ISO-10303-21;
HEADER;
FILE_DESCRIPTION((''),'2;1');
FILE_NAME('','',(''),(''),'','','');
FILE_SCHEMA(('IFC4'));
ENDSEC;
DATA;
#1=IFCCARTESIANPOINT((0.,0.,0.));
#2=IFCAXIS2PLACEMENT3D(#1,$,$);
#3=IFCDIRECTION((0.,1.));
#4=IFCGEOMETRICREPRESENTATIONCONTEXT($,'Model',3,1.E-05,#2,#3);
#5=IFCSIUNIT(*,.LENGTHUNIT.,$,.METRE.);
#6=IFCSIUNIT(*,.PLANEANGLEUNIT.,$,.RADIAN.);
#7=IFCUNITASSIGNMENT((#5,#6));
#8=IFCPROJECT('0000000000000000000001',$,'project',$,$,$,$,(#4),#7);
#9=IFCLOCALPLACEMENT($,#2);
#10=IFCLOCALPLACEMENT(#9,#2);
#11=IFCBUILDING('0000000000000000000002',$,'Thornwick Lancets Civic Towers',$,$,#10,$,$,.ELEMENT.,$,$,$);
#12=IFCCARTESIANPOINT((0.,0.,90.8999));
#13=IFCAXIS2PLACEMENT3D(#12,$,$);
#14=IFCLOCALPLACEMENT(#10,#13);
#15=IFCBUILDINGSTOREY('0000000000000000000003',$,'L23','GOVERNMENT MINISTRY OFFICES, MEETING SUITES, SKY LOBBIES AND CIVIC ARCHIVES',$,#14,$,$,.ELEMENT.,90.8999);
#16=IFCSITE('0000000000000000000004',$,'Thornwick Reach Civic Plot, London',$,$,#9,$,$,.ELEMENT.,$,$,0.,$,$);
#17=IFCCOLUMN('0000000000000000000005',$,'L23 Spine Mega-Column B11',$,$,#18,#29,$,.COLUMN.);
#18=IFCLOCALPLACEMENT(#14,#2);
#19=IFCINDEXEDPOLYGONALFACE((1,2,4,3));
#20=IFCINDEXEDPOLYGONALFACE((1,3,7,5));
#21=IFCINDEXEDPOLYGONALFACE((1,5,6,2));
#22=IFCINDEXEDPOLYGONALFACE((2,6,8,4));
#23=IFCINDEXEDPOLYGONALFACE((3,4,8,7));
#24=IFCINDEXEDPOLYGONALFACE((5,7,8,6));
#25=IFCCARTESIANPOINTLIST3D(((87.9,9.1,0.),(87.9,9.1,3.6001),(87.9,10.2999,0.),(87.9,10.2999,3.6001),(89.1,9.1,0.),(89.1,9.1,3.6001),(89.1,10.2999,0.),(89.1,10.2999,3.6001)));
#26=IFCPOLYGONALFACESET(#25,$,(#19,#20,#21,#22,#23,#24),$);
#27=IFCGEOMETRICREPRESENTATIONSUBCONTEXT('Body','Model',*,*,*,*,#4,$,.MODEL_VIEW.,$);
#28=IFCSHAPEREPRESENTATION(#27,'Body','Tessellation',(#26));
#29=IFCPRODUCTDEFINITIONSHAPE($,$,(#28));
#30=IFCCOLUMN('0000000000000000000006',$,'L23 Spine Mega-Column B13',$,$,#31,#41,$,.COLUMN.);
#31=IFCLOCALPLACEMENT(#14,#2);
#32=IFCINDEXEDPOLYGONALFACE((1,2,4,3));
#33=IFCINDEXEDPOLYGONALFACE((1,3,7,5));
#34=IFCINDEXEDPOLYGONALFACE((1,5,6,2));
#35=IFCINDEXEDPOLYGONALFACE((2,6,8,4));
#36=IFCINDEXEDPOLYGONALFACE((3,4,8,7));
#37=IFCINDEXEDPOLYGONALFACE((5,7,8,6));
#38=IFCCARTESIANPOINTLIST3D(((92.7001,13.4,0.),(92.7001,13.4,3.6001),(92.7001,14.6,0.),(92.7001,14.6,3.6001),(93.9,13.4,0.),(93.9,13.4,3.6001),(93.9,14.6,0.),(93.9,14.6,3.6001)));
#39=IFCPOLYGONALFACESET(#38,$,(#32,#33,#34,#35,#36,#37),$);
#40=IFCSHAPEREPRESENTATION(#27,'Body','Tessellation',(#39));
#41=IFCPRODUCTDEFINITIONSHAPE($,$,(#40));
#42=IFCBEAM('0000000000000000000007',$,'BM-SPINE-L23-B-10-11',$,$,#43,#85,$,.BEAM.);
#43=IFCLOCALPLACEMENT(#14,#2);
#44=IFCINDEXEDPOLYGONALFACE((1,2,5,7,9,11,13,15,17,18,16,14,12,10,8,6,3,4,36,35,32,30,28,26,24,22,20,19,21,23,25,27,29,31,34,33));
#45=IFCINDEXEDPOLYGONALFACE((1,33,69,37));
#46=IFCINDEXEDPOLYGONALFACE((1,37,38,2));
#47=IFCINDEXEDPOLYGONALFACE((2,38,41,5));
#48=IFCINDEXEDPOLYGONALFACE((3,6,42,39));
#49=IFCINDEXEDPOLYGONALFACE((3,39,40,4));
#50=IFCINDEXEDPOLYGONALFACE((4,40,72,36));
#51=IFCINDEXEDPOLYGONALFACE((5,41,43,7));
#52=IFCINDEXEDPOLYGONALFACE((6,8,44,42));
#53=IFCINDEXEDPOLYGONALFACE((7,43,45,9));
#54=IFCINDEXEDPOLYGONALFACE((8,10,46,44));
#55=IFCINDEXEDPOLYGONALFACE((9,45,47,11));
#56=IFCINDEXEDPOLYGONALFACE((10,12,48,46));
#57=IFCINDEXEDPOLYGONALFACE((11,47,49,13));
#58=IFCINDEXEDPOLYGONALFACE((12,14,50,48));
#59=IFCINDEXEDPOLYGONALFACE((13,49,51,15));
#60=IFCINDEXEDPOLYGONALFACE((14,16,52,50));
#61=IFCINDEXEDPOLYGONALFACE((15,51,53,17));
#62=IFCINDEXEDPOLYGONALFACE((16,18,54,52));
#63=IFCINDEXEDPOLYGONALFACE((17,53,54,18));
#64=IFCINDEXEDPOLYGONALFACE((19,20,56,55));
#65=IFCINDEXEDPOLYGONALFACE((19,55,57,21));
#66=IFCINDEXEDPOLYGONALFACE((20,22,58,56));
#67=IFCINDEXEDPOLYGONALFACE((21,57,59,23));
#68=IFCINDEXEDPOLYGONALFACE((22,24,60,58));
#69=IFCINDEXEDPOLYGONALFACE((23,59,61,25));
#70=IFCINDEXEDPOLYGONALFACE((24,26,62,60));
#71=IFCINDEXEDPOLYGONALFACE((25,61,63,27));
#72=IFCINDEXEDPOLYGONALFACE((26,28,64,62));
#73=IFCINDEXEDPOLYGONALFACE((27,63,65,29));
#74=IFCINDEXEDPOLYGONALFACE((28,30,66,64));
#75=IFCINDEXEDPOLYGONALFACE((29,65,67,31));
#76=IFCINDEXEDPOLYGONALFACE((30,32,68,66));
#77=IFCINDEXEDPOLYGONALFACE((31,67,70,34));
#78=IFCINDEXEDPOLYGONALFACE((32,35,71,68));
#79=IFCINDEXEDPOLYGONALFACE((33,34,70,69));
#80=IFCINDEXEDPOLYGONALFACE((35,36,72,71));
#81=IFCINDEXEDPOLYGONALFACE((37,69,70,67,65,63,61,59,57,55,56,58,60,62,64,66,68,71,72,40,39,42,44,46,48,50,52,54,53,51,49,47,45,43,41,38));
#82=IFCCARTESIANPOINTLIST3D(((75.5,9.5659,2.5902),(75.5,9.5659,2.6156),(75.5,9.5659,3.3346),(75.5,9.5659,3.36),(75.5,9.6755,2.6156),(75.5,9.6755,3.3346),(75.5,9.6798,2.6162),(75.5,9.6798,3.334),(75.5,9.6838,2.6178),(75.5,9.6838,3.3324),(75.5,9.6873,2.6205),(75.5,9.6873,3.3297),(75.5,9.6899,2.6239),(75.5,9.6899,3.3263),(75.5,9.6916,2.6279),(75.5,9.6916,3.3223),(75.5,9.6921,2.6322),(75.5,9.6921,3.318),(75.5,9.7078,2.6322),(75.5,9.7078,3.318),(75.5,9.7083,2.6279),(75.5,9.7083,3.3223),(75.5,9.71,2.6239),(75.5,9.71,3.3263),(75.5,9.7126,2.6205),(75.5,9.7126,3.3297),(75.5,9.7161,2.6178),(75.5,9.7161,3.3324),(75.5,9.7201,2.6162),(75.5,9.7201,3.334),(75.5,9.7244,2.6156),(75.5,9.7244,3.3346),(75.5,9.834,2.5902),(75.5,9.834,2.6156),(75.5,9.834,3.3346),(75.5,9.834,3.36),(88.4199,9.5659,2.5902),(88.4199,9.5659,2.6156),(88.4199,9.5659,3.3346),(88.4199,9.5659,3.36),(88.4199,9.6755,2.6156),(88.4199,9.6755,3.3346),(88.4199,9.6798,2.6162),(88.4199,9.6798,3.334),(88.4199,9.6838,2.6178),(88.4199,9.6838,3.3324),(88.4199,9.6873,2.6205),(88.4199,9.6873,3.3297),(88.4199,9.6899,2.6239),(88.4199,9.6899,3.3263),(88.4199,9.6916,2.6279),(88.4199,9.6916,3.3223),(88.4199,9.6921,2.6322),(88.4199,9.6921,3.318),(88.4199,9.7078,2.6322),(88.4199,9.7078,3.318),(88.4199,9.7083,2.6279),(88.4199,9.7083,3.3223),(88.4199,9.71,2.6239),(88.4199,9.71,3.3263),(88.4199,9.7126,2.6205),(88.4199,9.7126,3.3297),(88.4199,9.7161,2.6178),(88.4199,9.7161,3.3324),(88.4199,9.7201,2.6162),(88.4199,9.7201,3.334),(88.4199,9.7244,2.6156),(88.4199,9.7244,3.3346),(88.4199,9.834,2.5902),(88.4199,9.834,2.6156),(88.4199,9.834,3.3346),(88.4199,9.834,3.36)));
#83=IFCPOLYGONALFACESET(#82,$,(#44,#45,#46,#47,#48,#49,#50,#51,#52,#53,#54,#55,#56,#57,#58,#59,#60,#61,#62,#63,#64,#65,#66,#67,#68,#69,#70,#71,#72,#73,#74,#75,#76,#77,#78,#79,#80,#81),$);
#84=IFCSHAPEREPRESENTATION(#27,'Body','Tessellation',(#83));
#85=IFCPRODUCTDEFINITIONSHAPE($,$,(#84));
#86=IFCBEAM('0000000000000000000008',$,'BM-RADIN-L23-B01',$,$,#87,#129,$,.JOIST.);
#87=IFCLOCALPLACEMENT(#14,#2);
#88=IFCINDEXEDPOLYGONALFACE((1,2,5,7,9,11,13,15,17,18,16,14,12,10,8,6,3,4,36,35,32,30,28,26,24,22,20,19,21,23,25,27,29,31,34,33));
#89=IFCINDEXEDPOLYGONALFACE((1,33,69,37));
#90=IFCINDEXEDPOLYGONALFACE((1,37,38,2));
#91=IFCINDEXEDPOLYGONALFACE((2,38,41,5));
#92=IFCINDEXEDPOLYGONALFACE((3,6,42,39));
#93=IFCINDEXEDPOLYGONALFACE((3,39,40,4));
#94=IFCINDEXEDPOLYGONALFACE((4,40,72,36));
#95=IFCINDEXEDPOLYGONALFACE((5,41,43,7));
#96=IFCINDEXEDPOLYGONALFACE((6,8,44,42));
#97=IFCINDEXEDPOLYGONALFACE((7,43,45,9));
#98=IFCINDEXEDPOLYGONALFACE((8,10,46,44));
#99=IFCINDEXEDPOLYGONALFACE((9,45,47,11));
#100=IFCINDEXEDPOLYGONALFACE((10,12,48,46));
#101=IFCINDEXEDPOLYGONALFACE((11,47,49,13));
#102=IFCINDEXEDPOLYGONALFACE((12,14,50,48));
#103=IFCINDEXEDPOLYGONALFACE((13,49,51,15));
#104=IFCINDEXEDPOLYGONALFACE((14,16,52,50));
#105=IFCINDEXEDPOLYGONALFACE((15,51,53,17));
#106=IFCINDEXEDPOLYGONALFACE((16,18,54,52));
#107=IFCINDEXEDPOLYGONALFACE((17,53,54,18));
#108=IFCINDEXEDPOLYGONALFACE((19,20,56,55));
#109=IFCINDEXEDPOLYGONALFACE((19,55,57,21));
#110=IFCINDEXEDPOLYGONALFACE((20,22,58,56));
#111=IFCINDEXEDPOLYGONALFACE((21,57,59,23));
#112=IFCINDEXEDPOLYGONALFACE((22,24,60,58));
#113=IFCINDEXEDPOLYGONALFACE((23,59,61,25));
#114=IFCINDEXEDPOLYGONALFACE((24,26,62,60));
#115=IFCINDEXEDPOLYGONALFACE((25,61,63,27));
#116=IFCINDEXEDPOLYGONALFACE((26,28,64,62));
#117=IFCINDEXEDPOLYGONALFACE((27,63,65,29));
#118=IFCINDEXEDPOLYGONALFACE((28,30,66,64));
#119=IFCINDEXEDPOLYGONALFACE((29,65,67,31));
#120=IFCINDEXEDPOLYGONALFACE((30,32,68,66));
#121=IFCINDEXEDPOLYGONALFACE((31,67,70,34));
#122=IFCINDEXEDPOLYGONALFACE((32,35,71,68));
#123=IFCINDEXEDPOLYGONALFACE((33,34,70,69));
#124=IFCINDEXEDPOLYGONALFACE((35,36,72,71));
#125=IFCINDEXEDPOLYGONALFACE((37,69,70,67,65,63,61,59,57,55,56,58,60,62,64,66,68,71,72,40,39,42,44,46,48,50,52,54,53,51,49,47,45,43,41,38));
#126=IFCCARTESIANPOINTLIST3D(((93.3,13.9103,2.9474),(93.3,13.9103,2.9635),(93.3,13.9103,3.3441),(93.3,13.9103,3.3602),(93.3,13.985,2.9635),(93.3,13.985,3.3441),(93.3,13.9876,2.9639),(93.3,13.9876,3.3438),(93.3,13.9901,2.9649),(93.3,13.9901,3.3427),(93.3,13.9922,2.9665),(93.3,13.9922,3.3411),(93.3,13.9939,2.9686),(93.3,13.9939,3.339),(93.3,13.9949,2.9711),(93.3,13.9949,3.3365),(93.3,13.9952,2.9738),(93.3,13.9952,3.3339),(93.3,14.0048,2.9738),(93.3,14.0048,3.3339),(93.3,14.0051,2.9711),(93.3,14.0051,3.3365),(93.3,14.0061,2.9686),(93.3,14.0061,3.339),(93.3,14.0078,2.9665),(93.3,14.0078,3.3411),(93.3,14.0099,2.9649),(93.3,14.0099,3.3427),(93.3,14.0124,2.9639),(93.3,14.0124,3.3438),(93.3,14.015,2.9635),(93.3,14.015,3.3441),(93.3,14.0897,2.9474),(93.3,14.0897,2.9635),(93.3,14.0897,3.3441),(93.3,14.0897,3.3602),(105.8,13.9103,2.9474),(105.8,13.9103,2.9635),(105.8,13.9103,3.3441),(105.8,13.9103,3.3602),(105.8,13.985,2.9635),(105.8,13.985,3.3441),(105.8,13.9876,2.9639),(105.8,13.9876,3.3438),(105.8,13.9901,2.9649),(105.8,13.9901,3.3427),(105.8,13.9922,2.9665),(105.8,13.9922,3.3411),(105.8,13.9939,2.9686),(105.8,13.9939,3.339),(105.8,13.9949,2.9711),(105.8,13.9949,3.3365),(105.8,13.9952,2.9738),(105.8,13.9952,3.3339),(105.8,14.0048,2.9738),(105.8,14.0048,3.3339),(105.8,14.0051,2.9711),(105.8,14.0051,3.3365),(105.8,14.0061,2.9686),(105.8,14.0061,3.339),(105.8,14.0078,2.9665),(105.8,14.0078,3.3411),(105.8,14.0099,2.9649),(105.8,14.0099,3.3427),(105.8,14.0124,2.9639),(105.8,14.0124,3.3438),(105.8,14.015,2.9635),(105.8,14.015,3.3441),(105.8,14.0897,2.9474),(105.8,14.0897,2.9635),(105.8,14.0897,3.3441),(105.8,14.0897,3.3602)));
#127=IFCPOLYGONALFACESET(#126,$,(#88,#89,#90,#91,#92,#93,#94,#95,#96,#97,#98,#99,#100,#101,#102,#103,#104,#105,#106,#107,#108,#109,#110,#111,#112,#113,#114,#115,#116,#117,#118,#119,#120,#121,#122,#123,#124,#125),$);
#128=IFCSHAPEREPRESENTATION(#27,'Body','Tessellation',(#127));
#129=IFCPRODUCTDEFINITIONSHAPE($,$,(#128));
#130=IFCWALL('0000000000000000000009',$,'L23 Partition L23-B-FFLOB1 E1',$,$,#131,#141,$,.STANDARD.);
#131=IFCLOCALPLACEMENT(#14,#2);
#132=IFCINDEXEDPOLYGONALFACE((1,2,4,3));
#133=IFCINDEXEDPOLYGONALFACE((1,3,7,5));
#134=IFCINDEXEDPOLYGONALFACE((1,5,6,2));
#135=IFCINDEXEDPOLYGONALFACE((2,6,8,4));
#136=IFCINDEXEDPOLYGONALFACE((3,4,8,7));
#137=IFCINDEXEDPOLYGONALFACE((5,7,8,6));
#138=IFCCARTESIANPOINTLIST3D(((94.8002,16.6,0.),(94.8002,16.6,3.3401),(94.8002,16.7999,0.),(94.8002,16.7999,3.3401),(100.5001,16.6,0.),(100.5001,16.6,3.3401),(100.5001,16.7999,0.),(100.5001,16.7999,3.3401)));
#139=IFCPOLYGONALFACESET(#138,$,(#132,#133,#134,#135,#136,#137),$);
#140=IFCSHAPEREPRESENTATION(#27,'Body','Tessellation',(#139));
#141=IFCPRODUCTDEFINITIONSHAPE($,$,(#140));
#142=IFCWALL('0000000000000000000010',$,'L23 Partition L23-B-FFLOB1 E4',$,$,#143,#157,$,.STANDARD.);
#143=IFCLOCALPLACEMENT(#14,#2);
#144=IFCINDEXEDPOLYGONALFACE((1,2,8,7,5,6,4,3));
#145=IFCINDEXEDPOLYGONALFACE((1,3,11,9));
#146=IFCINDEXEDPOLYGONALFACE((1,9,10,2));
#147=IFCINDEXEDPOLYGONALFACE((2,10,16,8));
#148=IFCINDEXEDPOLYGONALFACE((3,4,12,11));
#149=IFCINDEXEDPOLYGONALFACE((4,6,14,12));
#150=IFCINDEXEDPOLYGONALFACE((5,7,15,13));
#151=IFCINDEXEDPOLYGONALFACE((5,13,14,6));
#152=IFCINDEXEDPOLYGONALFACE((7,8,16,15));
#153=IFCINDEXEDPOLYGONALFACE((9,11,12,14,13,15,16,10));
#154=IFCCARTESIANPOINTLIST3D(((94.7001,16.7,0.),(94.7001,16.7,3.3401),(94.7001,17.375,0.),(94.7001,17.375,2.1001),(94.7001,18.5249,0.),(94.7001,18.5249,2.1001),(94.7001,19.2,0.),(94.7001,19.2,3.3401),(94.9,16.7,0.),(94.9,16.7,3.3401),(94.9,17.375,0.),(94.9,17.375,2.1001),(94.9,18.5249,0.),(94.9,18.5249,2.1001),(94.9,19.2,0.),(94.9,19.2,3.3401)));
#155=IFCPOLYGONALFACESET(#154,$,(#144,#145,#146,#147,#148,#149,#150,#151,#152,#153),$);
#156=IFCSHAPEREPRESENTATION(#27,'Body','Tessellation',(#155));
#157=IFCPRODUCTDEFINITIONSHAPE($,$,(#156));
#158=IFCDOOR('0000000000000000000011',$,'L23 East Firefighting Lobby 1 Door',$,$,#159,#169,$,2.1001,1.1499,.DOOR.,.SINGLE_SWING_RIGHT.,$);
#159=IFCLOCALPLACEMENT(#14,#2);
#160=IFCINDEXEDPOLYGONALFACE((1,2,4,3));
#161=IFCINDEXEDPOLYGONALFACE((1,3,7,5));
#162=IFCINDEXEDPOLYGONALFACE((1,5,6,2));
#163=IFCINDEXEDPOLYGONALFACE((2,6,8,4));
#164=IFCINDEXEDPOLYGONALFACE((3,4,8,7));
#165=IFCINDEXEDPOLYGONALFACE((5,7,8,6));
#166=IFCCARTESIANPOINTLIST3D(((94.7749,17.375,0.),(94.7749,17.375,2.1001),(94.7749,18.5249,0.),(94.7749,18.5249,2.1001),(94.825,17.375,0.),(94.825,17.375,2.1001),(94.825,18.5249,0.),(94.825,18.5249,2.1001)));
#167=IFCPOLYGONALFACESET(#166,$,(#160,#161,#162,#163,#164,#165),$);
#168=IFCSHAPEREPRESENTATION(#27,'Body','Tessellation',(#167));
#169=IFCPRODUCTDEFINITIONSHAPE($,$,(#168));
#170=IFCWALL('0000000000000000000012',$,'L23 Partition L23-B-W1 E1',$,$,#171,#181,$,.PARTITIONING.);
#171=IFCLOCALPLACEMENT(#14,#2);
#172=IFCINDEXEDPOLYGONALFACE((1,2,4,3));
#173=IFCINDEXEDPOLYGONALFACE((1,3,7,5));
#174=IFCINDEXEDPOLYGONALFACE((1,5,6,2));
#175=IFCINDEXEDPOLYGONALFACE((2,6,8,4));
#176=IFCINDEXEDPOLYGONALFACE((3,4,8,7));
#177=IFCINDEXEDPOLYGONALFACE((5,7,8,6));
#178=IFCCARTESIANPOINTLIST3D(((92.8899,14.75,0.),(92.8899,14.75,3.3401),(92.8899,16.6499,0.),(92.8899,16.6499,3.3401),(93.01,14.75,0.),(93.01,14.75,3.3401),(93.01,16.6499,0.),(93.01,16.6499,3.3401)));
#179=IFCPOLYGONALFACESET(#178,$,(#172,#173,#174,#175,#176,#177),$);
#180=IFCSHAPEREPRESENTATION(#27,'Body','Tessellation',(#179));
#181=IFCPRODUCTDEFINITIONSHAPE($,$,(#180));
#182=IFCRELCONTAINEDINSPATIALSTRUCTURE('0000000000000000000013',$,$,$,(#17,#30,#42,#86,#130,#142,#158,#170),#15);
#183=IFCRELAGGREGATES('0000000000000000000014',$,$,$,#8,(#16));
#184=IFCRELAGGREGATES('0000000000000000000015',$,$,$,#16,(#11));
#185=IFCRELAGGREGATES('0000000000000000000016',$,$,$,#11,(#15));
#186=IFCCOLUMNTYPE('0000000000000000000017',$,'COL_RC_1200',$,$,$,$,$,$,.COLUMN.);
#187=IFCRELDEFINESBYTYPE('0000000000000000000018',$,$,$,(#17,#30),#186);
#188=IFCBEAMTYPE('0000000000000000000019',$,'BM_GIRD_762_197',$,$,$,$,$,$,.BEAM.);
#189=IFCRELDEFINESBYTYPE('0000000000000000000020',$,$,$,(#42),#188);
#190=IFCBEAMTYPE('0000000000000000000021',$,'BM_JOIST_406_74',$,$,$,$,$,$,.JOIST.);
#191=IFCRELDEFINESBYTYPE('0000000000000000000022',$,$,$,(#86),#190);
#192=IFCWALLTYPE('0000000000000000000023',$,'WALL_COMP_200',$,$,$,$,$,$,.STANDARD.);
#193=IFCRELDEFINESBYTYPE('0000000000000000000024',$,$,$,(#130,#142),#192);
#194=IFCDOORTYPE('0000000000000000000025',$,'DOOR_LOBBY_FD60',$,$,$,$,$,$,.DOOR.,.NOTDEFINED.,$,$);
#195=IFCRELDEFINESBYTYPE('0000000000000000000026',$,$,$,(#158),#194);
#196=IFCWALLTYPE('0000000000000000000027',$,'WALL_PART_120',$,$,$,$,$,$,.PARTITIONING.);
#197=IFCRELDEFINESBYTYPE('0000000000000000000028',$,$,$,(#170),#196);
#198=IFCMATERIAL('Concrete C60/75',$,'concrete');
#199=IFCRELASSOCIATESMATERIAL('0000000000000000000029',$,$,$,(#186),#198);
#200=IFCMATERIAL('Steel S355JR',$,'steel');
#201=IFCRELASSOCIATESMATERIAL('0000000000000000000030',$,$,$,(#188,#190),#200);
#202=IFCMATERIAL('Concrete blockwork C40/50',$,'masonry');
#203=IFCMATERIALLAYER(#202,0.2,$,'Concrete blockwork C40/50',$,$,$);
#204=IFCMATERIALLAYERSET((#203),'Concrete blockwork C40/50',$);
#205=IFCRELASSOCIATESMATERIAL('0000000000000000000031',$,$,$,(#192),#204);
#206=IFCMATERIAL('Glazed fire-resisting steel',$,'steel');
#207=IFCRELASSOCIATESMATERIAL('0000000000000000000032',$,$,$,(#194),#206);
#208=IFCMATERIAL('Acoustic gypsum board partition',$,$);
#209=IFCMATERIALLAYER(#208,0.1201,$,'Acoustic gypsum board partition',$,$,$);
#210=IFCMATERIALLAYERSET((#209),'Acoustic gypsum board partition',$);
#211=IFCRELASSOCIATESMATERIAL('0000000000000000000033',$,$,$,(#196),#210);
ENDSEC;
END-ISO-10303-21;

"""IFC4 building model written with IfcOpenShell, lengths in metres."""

from ifc_helpers import new_model, si_unit, direction, frame, frame_2d, origin, origin_2d, place, context, subcontext, project, spatial, rectangle, i_section, extrude, material, layer, layer_set, material_profile, profile_set, type_object, element, fill, save


model = new_model("IFC4")

# Units and contexts
model_context = context("Model", 3, precision=1e-05, world=origin(), true_north=direction((0.0, 1.0)))
body_context = subcontext(model_context, "Body", "Model", "MODEL_VIEW")
ifc_project = project(units=[si_unit("LENGTHUNIT", "METRE"), si_unit("PLANEANGLEUNIT", "RADIAN")], contexts=[model_context])

# Site, building, storey
site_placement = place(None, origin())
site = spatial("IfcSite", under=ifc_project, at=site_placement, Name="Thornwick Reach Civic Plot, London", CompositionType="ELEMENT", RefElevation=0.0)
building_placement = place(site_placement, origin())
building = spatial("IfcBuilding", under=site, at=building_placement, Name="Thornwick Lancets Civic Towers", CompositionType="ELEMENT")
storey_placement = place(building_placement, frame((0.0, 0.0, 90.8999)))
storey = spatial("IfcBuildingStorey", under=building, at=storey_placement, Name="L23", Description="GOVERNMENT MINISTRY OFFICES, MEETING SUITES, SKY LOBBIES AND CIVIC ARCHIVES", CompositionType="ELEMENT", Elevation=90.8999)

# Columns
ifc_material_1 = material(Name="Concrete C60/75", Category="concrete")
ifc_material_profile_1 = material_profile(ifc_material_1, rectangle(XDim=1.2, YDim=1.2, at=origin_2d()), Name="RC 1200x1200")
ifc_profile_set_1 = profile_set([ifc_material_profile_1], Name="Concrete C60/75")
column_type = type_object("IfcColumnType", Name="COL_RC_1200", PredefinedType="COLUMN", material=ifc_profile_set_1)
for number, where, z_axis, x_axis, name in (
    (1, (88.5, 9.7, 0.0), (0.0, 0.0, 1.0), (1.0, 0.0, 0.0), "L23 Spine Mega-Column B11"),
    (2, (93.3, 14.0, 0.0), (0.0, 0.0, 1.0), (1.0, 0.0, 0.0), "L23 Spine Mega-Column B13"),
):
    element("IfcColumn", number, at=place(storey_placement, frame(where, z_axis=z_axis, x_axis=x_axis)), inside=storey, type_object=column_type, Name=name, PredefinedType="COLUMN", context=body_context, shape_type="SweptSolid", body=[
        extrude(rectangle(XDim=1.2, YDim=1.2, at=origin_2d()), origin(), (0.0, 0.0, 1.0), 3.6001),
    ])

# Beams
ifc_material_2 = material(Name="Steel S355JR", Category="steel")
ifc_material_profile_2 = material_profile(ifc_material_2, i_section(OverallWidth=0.2681, OverallDepth=0.7698, WebThickness=0.0156, FlangeThickness=0.0254, FilletRadius=0.0166, at=origin_2d()), Name="UKB 762x267x197")
ifc_profile_set_2 = profile_set([ifc_material_profile_2], Name="Steel S355JR")
beam_type_1 = type_object("IfcBeamType", Name="BM_GIRD_762_197", PredefinedType="BEAM", material=ifc_profile_set_2)
beam_1_placement = place(storey_placement, frame((88.4199, 9.7, 2.9751), z_axis=(-1.0, 0.0, 0.0), x_axis=(0.0, -1.0, 0.0)))
element("IfcBeam", 3, at=beam_1_placement, inside=storey, type_object=beam_type_1, Name="BM-SPINE-L23-B-10-11", PredefinedType="BEAM", context=body_context, shape_type="SweptSolid", body=[
    extrude(i_section(OverallWidth=0.2681, OverallDepth=0.7698, WebThickness=0.0156, FlangeThickness=0.0254, FilletRadius=0.0166, at=origin_2d()), origin(), (0.0, 0.0, 1.0), 12.9199),
])
ifc_material_profile_3 = material_profile(ifc_material_2, i_section(OverallWidth=0.1794, OverallDepth=0.4128, WebThickness=0.0095, FlangeThickness=0.0161, FilletRadius=0.0103, at=origin_2d()), Name="UKB 406x178x74")
ifc_profile_set_3 = profile_set([ifc_material_profile_3], Name="Steel S355JR")
beam_type_2 = type_object("IfcBeamType", Name="BM_JOIST_406_74", PredefinedType="JOIST", material=ifc_profile_set_3)
beam_2_placement = place(storey_placement, frame((93.3, 14.0, 3.1538), z_axis=(1.0, 0.0, 0.0), x_axis=(0.0, 1.0, 0.0)))
element("IfcBeam", 4, at=beam_2_placement, inside=storey, type_object=beam_type_2, Name="BM-RADIN-L23-B01", PredefinedType="JOIST", context=body_context, shape_type="SweptSolid", body=[
    extrude(i_section(OverallWidth=0.1794, OverallDepth=0.4128, WebThickness=0.0095, FlangeThickness=0.0161, FilletRadius=0.0103, at=origin_2d()), origin(), (0.0, 0.0, 1.0), 12.5),
])

# Wall
ifc_material_3 = material(Name="Concrete blockwork C40/50", Category="masonry")
ifc_layer_1 = layer(ifc_material_3, 0.2, Name="Concrete blockwork C40/50")
ifc_layer_set_1 = layer_set([ifc_layer_1], Name="Concrete blockwork C40/50")
wall_type_1 = type_object("IfcWallType", Name="WALL_COMP_200", PredefinedType="STANDARD", material=ifc_layer_set_1)
wall_1_placement = place(storey_placement, frame((94.8, 16.7, 0.0), z_axis=(0.0, 0.0, 1.0), x_axis=(1.0, 0.0, 0.0)))
element("IfcWall", 5, at=wall_1_placement, inside=storey, type_object=wall_type_1, Name="L23 Partition L23-B-FFLOB1 E1", PredefinedType="STANDARD", context=body_context, shape_type="SweptSolid", body=[
    extrude(rectangle(XDim=5.7, YDim=0.2, at=frame_2d((2.8501, 0.0))), origin(), (0.0, 0.0, 1.0), 3.3401),
])

# Wall, opening, door
wall_2_placement = place(storey_placement, frame((94.8, 19.2, 0.0), z_axis=(0.0, 0.0, 1.0), x_axis=(0.0, -1.0, 0.0)))
wall_2 = element("IfcWall", 6, at=wall_2_placement, inside=storey, type_object=wall_type_1, Name="L23 Partition L23-B-FFLOB1 E4", PredefinedType="STANDARD", context=body_context, shape_type="SweptSolid", body=[
    extrude(rectangle(XDim=2.5, YDim=0.2, at=frame_2d((1.25, 0.0))), origin(), (0.0, 0.0, 1.0), 3.3401),
])
opening_1_placement = place(wall_2_placement, frame((0.675, 0.0, 0.0)))
opening_1 = element("IfcOpeningElement", 7, at=opening_1_placement, cuts=wall_2, PredefinedType="OPENING", context=body_context, shape_type="SweptSolid", body=[
    extrude(rectangle(XDim=1.1499, YDim=2.1001, at=frame_2d((0.575, 1.05))), frame((0.0, 0.1099, 0.0), z_axis=(0.0, -1.0, 0.0), x_axis=(1.0, 0.0, 0.0)), (0.0, 0.0, 1.0), 0.22),
])
ifc_material_4 = material(Name="Glazed fire-resisting steel", Category="steel")
door_type_1 = type_object("IfcDoorType", Name="DOOR_LOBBY_FD60", OperationType="NOTDEFINED", PredefinedType="DOOR", material=ifc_material_4)
door_1_placement = place(opening_1_placement, origin())
door_1 = element("IfcDoor", 8, at=door_1_placement, inside=storey, type_object=door_type_1, Name="L23 East Firefighting Lobby 1 Door", OperationType="SINGLE_SWING_RIGHT", OverallHeight=2.1001, OverallWidth=1.1499, PredefinedType="DOOR", context=body_context, shape_type="SweptSolid", body=[
    extrude(rectangle(XDim=1.1499, YDim=2.1001, at=frame_2d((0.575, 1.05))), frame((0.0, 0.0249, 0.0), z_axis=(0.0, -1.0, 0.0), x_axis=(1.0, 0.0, 0.0)), (0.0, 0.0, 1.0), 0.05),
])
fill(opening_1, door_1)

# Wall
ifc_material_5 = material(Name="Acoustic gypsum board partition")
ifc_layer_2 = layer(ifc_material_5, 0.1201, Name="Acoustic gypsum board partition")
ifc_layer_set_2 = layer_set([ifc_layer_2], Name="Acoustic gypsum board partition")
wall_type_2 = type_object("IfcWallType", Name="WALL_PART_120", PredefinedType="PARTITIONING", material=ifc_layer_set_2)
wall_3_placement = place(storey_placement, frame((92.95, 16.6499, 0.0), z_axis=(0.0, 0.0, 1.0), x_axis=(0.0, -1.0, 0.0)))
element("IfcWall", 9, at=wall_3_placement, inside=storey, type_object=wall_type_2, Name="L23 Partition L23-B-W1 E1", PredefinedType="PARTITIONING", context=body_context, shape_type="SweptSolid", body=[
    extrude(rectangle(XDim=1.8999, YDim=0.1201, at=frame_2d((0.95, 0.0))), origin(), (0.0, 0.0, 1.0), 3.3401),
])

save(model, "model.ifc")
